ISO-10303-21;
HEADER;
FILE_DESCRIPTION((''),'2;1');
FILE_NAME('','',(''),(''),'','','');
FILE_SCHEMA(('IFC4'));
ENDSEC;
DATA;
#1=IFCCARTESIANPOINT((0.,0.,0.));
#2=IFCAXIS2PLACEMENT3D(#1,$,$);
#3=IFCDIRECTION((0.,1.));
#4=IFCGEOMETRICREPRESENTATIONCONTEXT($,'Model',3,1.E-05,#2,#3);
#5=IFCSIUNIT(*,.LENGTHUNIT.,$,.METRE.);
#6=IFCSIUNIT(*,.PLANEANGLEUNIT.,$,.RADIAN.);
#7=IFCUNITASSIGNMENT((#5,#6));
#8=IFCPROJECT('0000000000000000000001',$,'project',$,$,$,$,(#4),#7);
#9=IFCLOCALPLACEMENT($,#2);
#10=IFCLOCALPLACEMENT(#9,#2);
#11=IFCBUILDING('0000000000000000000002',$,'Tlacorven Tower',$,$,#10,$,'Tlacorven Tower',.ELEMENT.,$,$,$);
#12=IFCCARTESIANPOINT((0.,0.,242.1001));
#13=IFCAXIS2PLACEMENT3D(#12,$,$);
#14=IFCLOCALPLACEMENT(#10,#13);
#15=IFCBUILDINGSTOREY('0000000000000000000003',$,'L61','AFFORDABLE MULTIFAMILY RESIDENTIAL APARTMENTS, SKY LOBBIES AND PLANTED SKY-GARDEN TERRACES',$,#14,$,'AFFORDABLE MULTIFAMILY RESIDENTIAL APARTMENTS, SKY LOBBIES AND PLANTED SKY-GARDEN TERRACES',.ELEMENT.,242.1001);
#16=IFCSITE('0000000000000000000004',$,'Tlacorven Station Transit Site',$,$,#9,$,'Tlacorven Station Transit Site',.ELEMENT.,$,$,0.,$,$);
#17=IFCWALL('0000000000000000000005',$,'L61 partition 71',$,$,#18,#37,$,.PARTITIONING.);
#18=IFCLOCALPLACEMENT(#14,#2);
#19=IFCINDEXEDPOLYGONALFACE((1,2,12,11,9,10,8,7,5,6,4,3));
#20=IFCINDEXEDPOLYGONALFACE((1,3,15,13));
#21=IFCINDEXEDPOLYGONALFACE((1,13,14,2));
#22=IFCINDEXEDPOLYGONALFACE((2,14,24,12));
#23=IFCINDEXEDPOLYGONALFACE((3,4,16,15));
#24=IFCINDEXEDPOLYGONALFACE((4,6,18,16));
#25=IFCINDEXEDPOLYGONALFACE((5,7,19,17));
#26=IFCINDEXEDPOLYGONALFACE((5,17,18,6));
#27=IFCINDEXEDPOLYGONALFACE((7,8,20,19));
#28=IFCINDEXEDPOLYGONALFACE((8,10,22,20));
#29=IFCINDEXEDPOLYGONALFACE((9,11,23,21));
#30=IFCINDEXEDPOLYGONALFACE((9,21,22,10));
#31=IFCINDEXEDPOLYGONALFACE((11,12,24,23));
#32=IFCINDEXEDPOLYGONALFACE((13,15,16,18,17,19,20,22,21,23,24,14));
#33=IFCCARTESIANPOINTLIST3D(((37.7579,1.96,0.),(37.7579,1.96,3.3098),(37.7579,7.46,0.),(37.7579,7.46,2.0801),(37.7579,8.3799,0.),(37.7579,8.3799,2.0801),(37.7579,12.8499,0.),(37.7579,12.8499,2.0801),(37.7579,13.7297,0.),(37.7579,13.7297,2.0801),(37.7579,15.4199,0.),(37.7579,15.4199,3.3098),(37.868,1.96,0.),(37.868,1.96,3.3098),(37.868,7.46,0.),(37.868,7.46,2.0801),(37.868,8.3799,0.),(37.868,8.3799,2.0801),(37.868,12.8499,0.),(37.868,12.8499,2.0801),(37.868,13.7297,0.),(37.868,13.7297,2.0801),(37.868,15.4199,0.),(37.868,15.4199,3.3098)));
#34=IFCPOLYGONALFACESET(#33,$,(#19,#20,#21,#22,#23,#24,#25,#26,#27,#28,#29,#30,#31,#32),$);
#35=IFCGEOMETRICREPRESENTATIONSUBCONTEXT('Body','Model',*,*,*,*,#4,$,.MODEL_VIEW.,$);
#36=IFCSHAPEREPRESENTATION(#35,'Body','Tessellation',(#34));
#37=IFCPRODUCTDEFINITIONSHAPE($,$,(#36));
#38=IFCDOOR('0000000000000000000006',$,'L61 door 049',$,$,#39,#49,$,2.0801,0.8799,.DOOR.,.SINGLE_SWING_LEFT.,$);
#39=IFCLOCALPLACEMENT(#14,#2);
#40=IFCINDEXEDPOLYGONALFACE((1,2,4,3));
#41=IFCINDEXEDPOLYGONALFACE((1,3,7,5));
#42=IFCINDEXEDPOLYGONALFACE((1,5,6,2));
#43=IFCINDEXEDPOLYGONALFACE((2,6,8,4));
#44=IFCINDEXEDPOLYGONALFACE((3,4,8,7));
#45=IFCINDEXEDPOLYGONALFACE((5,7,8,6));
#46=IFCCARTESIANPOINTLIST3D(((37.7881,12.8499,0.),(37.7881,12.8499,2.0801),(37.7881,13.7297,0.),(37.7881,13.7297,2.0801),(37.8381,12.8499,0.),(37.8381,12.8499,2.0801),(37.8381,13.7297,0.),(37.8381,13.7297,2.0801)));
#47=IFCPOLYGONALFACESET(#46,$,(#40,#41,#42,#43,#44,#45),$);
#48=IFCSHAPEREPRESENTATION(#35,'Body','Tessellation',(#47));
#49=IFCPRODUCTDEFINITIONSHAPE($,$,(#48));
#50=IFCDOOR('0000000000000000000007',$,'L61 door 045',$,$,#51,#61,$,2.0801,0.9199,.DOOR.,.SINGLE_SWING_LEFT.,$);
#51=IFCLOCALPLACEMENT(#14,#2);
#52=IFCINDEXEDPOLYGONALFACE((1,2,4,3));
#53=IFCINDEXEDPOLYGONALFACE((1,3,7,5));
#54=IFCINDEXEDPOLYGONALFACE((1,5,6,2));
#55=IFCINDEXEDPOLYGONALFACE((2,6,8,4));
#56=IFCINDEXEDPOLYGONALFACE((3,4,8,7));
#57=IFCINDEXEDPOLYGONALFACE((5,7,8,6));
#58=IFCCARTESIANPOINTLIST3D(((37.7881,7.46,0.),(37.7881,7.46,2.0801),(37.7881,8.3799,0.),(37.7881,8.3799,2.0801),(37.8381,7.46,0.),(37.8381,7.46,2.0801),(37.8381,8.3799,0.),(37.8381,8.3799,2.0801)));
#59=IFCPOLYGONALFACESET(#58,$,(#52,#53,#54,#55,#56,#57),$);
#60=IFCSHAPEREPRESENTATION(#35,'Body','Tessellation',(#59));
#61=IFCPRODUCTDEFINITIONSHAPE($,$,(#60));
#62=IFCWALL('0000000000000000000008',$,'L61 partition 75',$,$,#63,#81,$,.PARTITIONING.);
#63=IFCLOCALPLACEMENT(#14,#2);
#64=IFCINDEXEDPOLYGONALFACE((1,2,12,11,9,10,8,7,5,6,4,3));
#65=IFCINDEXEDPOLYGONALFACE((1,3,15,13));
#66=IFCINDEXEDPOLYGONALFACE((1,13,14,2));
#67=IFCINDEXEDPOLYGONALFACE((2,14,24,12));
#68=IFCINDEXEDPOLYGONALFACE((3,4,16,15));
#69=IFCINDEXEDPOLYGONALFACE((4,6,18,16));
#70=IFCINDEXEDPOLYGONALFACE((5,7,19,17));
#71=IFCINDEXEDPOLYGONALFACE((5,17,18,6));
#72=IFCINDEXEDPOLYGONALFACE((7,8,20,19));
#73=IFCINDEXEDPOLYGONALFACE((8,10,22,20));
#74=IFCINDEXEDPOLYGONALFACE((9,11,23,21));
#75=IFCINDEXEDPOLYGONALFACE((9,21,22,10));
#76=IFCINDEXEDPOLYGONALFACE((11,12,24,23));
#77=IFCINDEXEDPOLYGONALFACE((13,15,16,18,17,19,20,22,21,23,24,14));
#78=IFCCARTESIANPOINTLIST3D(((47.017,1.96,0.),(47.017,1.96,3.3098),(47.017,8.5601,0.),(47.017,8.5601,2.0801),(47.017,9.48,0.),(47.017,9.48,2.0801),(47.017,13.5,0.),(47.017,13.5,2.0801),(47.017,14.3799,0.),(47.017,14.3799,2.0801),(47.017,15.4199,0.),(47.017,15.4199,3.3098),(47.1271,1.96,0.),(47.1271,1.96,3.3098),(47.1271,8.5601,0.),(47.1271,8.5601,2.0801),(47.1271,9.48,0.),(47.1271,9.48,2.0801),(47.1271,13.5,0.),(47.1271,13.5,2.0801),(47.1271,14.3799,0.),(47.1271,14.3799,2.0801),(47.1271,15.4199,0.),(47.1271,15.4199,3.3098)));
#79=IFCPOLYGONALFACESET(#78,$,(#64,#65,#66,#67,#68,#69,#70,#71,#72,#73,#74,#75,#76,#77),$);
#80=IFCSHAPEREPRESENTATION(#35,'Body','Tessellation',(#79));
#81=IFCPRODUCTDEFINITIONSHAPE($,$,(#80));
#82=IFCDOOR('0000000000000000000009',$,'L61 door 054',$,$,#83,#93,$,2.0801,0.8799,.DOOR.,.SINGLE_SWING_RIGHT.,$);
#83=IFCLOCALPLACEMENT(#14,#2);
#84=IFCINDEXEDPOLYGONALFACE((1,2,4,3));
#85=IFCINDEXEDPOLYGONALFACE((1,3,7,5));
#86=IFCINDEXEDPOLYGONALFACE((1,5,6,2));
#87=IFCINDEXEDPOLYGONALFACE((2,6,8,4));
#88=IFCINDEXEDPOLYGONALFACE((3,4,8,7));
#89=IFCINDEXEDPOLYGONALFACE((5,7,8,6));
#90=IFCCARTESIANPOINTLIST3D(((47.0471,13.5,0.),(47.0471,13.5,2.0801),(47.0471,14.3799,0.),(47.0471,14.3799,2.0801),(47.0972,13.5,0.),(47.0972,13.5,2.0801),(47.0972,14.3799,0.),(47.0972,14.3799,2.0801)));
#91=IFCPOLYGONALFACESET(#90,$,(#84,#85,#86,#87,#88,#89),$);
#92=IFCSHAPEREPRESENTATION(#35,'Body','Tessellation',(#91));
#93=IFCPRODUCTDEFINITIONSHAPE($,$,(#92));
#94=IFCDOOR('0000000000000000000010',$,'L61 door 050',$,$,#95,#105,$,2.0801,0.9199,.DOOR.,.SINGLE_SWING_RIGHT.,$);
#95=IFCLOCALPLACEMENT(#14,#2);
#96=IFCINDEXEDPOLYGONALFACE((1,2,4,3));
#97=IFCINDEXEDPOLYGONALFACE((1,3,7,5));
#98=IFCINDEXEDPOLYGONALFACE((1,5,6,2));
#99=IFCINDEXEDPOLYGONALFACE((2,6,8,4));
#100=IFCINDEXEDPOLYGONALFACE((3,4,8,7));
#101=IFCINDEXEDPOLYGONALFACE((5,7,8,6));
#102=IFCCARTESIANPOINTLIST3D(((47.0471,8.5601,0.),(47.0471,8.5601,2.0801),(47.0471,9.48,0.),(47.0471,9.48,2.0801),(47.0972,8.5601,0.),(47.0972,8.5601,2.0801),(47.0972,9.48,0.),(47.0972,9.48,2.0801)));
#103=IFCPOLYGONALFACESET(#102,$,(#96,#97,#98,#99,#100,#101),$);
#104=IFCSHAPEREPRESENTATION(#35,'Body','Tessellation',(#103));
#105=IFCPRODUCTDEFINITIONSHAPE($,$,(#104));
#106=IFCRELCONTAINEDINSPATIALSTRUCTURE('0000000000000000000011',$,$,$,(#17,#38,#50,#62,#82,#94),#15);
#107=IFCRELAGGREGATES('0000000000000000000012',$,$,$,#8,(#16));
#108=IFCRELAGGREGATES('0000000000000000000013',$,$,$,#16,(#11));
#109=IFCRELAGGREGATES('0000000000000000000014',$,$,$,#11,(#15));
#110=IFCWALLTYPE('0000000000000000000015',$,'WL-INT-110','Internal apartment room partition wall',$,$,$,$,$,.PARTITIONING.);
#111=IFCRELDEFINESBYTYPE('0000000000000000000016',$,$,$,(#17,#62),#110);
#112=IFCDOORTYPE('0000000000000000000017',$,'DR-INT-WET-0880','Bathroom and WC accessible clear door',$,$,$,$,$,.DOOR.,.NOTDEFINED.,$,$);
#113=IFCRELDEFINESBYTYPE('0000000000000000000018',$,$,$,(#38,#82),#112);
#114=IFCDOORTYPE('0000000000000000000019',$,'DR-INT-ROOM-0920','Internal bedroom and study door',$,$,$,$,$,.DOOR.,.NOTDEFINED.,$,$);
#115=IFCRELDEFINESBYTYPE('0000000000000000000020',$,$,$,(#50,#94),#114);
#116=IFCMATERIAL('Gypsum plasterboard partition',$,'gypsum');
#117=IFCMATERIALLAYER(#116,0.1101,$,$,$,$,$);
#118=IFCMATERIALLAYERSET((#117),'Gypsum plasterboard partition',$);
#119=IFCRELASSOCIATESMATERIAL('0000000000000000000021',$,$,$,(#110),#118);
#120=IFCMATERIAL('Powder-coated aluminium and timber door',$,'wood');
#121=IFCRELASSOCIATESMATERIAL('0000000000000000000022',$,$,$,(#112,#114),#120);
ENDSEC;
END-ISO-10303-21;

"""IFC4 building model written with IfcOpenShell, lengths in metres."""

from ifc_helpers import new_model, si_unit, direction, frame, frame_2d, origin, place, context, subcontext, project, spatial, rectangle, extrude, source, transform, mapped, material, layer, layer_set, type_object, element, fill, save


model = new_model("IFC4")

# Units and contexts
model_context = context("Model", 3, precision=1e-05, world=origin(), true_north=direction((0.0, 1.0)))
body_context = subcontext(model_context, "Body", "Model", "MODEL_VIEW")
ifc_project = project(units=[si_unit("LENGTHUNIT", "METRE"), si_unit("PLANEANGLEUNIT", "RADIAN")], contexts=[model_context])

# Site, building, storey
site_placement = place(None, origin())
site = spatial("IfcSite", under=ifc_project, at=site_placement, Name="Tlacorven Station Transit Site", LongName="Tlacorven Station Transit Site", CompositionType="ELEMENT", RefElevation=0.0)
building_placement = place(site_placement, origin())
building = spatial("IfcBuilding", under=site, at=building_placement, Name="Tlacorven Tower", LongName="Tlacorven Tower", CompositionType="ELEMENT")
storey_placement = place(building_placement, frame((0.0, 0.0, 242.1001)))
storey = spatial("IfcBuildingStorey", under=building, at=storey_placement, Name="L61", Description="AFFORDABLE MULTIFAMILY RESIDENTIAL APARTMENTS, SKY LOBBIES AND PLANTED SKY-GARDEN TERRACES", LongName="AFFORDABLE MULTIFAMILY RESIDENTIAL APARTMENTS, SKY LOBBIES AND PLANTED SKY-GARDEN TERRACES", CompositionType="ELEMENT", Elevation=242.1001)

# Walls, openings, doors
ifc_material_1 = material(Name="Gypsum plasterboard partition", Category="gypsum")
ifc_layer_1 = layer(ifc_material_1, 0.1101)
ifc_layer_set_1 = layer_set([ifc_layer_1], Name="Gypsum plasterboard partition")
wall_type_1 = type_object("IfcWallType", Name="WL-INT-110", Description="Internal apartment room partition wall", PredefinedType="PARTITIONING", material=ifc_layer_set_1)
wall_1_placement = place(storey_placement, frame((37.813, 1.96, 0.0), z_axis=(0.0, 0.0, 1.0), x_axis=(0.0, 1.0, 0.0)))
wall_1 = element("IfcWall", 1, at=wall_1_placement, inside=storey, type_object=wall_type_1, Name="L61 partition 71", PredefinedType="PARTITIONING", context=body_context, shape_type="SweptSolid", body=[
    extrude(rectangle(XDim=13.46, YDim=0.1101, at=frame_2d((6.73, 0.0))), origin(), (0.0, 0.0, 1.0), 3.3098),
])
opening_1_placement = place(wall_1_placement, frame((5.5, 0.0, 0.0)))
opening_1 = element("IfcOpeningElement", 2, at=opening_1_placement, cuts=wall_1, PredefinedType="OPENING", context=body_context, shape_type="SweptSolid", body=[
    extrude(rectangle(XDim=0.9199, YDim=2.0801, at=frame_2d((0.46, 1.04))), frame((0.0, 0.0649, 0.0), z_axis=(0.0, -1.0, 0.0), x_axis=(1.0, 0.0, 0.0)), (0.0, 0.0, 1.0), 0.1301),
])
opening_2_placement = place(wall_1_placement, frame((10.8899, 0.0, 0.0)))
opening_2 = element("IfcOpeningElement", 3, at=opening_2_placement, cuts=wall_1, PredefinedType="OPENING", context=body_context, shape_type="SweptSolid", body=[
    extrude(rectangle(XDim=0.8799, YDim=2.0801, at=frame_2d((0.4399, 1.04))), frame((0.0, 0.0649, 0.0), z_axis=(0.0, -1.0, 0.0), x_axis=(1.0, 0.0, 0.0)), (0.0, 0.0, 1.0), 0.1301),
])
ifc_material_2 = material(Name="Powder-coated aluminium and timber door", Category="wood")
door_type_1 = type_object("IfcDoorType", Name="DR-INT-WET-0880", Description="Bathroom and WC accessible clear door", OperationType="NOTDEFINED", PredefinedType="DOOR", material=ifc_material_2)
shared_shape_1 = source(origin(), body_context, "Body", "SweptSolid", [
    extrude(rectangle(XDim=0.8799, YDim=2.0801, at=frame_2d((0.4399, 1.04))), frame((0.0, 0.0249, 0.0), z_axis=(0.0, -1.0, 0.0), x_axis=(1.0, 0.0, 0.0)), (0.0, 0.0, 1.0), 0.05),
])
door_1_placement = place(opening_2_placement, origin())
door_1 = element("IfcDoor", 4, at=door_1_placement, inside=storey, type_object=door_type_1, Name="L61 door 049", OperationType="SINGLE_SWING_LEFT", OverallHeight=2.0801, OverallWidth=0.8799, PredefinedType="DOOR", context=body_context, shape_type="MappedRepresentation", body=[
    mapped(shared_shape_1, transform((0.0, 0.0, 0.0), scale=1.0)),
])
fill(opening_2, door_1)
door_type_2 = type_object("IfcDoorType", Name="DR-INT-ROOM-0920", Description="Internal bedroom and study door", OperationType="NOTDEFINED", PredefinedType="DOOR", material=ifc_material_2)
shared_shape_2 = source(origin(), body_context, "Body", "SweptSolid", [
    extrude(rectangle(XDim=0.9199, YDim=2.0801, at=frame_2d((0.46, 1.04))), frame((0.0, 0.0249, 0.0), z_axis=(0.0, -1.0, 0.0), x_axis=(1.0, 0.0, 0.0)), (0.0, 0.0, 1.0), 0.05),
])
door_2_placement = place(opening_1_placement, origin())
door_2 = element("IfcDoor", 5, at=door_2_placement, inside=storey, type_object=door_type_2, Name="L61 door 045", OperationType="SINGLE_SWING_LEFT", OverallHeight=2.0801, OverallWidth=0.9199, PredefinedType="DOOR", context=body_context, shape_type="MappedRepresentation", body=[
    mapped(shared_shape_2, transform((0.0, 0.0, 0.0), scale=1.0)),
])
fill(opening_1, door_2)
wall_2_placement = place(storey_placement, frame((47.072, 1.96, 0.0), z_axis=(0.0, 0.0, 1.0), x_axis=(0.0, 1.0, 0.0)))
wall_2 = element("IfcWall", 6, at=wall_2_placement, inside=storey, type_object=wall_type_1, Name="L61 partition 75", PredefinedType="PARTITIONING", context=body_context, shape_type="SweptSolid", body=[
    extrude(rectangle(XDim=13.46, YDim=0.1101, at=frame_2d((6.73, 0.0))), origin(), (0.0, 0.0, 1.0), 3.3098),
])
opening_3_placement = place(wall_2_placement, frame((6.6001, 0.0, 0.0)))
opening_3 = element("IfcOpeningElement", 7, at=opening_3_placement, cuts=wall_2, PredefinedType="OPENING", context=body_context, shape_type="SweptSolid", body=[
    extrude(rectangle(XDim=0.9199, YDim=2.0801, at=frame_2d((0.46, 1.04))), frame((0.0, 0.0649, 0.0), z_axis=(0.0, -1.0, 0.0), x_axis=(1.0, 0.0, 0.0)), (0.0, 0.0, 1.0), 0.1301),
])
opening_4_placement = place(wall_2_placement, frame((11.54, 0.0, 0.0)))
opening_4 = element("IfcOpeningElement", 8, at=opening_4_placement, cuts=wall_2, PredefinedType="OPENING", context=body_context, shape_type="SweptSolid", body=[
    extrude(rectangle(XDim=0.8799, YDim=2.0801, at=frame_2d((0.4399, 1.04))), frame((0.0, 0.0649, 0.0), z_axis=(0.0, -1.0, 0.0), x_axis=(1.0, 0.0, 0.0)), (0.0, 0.0, 1.0), 0.1301),
])
door_3_placement = place(opening_4_placement, origin())
door_3 = element("IfcDoor", 9, at=door_3_placement, inside=storey, type_object=door_type_1, Name="L61 door 054", OperationType="SINGLE_SWING_RIGHT", OverallHeight=2.0801, OverallWidth=0.8799, PredefinedType="DOOR", context=body_context, shape_type="MappedRepresentation", body=[
    mapped(shared_shape_1, transform((0.0, 0.0, 0.0), scale=1.0)),
])
fill(opening_4, door_3)
door_4_placement = place(opening_3_placement, origin())
door_4 = element("IfcDoor", 10, at=door_4_placement, inside=storey, type_object=door_type_2, Name="L61 door 050", OperationType="SINGLE_SWING_RIGHT", OverallHeight=2.0801, OverallWidth=0.9199, PredefinedType="DOOR", context=body_context, shape_type="MappedRepresentation", body=[
    mapped(shared_shape_2, transform((0.0, 0.0, 0.0), scale=1.0)),
])
fill(opening_3, door_4)

save(model, "model.ifc")
